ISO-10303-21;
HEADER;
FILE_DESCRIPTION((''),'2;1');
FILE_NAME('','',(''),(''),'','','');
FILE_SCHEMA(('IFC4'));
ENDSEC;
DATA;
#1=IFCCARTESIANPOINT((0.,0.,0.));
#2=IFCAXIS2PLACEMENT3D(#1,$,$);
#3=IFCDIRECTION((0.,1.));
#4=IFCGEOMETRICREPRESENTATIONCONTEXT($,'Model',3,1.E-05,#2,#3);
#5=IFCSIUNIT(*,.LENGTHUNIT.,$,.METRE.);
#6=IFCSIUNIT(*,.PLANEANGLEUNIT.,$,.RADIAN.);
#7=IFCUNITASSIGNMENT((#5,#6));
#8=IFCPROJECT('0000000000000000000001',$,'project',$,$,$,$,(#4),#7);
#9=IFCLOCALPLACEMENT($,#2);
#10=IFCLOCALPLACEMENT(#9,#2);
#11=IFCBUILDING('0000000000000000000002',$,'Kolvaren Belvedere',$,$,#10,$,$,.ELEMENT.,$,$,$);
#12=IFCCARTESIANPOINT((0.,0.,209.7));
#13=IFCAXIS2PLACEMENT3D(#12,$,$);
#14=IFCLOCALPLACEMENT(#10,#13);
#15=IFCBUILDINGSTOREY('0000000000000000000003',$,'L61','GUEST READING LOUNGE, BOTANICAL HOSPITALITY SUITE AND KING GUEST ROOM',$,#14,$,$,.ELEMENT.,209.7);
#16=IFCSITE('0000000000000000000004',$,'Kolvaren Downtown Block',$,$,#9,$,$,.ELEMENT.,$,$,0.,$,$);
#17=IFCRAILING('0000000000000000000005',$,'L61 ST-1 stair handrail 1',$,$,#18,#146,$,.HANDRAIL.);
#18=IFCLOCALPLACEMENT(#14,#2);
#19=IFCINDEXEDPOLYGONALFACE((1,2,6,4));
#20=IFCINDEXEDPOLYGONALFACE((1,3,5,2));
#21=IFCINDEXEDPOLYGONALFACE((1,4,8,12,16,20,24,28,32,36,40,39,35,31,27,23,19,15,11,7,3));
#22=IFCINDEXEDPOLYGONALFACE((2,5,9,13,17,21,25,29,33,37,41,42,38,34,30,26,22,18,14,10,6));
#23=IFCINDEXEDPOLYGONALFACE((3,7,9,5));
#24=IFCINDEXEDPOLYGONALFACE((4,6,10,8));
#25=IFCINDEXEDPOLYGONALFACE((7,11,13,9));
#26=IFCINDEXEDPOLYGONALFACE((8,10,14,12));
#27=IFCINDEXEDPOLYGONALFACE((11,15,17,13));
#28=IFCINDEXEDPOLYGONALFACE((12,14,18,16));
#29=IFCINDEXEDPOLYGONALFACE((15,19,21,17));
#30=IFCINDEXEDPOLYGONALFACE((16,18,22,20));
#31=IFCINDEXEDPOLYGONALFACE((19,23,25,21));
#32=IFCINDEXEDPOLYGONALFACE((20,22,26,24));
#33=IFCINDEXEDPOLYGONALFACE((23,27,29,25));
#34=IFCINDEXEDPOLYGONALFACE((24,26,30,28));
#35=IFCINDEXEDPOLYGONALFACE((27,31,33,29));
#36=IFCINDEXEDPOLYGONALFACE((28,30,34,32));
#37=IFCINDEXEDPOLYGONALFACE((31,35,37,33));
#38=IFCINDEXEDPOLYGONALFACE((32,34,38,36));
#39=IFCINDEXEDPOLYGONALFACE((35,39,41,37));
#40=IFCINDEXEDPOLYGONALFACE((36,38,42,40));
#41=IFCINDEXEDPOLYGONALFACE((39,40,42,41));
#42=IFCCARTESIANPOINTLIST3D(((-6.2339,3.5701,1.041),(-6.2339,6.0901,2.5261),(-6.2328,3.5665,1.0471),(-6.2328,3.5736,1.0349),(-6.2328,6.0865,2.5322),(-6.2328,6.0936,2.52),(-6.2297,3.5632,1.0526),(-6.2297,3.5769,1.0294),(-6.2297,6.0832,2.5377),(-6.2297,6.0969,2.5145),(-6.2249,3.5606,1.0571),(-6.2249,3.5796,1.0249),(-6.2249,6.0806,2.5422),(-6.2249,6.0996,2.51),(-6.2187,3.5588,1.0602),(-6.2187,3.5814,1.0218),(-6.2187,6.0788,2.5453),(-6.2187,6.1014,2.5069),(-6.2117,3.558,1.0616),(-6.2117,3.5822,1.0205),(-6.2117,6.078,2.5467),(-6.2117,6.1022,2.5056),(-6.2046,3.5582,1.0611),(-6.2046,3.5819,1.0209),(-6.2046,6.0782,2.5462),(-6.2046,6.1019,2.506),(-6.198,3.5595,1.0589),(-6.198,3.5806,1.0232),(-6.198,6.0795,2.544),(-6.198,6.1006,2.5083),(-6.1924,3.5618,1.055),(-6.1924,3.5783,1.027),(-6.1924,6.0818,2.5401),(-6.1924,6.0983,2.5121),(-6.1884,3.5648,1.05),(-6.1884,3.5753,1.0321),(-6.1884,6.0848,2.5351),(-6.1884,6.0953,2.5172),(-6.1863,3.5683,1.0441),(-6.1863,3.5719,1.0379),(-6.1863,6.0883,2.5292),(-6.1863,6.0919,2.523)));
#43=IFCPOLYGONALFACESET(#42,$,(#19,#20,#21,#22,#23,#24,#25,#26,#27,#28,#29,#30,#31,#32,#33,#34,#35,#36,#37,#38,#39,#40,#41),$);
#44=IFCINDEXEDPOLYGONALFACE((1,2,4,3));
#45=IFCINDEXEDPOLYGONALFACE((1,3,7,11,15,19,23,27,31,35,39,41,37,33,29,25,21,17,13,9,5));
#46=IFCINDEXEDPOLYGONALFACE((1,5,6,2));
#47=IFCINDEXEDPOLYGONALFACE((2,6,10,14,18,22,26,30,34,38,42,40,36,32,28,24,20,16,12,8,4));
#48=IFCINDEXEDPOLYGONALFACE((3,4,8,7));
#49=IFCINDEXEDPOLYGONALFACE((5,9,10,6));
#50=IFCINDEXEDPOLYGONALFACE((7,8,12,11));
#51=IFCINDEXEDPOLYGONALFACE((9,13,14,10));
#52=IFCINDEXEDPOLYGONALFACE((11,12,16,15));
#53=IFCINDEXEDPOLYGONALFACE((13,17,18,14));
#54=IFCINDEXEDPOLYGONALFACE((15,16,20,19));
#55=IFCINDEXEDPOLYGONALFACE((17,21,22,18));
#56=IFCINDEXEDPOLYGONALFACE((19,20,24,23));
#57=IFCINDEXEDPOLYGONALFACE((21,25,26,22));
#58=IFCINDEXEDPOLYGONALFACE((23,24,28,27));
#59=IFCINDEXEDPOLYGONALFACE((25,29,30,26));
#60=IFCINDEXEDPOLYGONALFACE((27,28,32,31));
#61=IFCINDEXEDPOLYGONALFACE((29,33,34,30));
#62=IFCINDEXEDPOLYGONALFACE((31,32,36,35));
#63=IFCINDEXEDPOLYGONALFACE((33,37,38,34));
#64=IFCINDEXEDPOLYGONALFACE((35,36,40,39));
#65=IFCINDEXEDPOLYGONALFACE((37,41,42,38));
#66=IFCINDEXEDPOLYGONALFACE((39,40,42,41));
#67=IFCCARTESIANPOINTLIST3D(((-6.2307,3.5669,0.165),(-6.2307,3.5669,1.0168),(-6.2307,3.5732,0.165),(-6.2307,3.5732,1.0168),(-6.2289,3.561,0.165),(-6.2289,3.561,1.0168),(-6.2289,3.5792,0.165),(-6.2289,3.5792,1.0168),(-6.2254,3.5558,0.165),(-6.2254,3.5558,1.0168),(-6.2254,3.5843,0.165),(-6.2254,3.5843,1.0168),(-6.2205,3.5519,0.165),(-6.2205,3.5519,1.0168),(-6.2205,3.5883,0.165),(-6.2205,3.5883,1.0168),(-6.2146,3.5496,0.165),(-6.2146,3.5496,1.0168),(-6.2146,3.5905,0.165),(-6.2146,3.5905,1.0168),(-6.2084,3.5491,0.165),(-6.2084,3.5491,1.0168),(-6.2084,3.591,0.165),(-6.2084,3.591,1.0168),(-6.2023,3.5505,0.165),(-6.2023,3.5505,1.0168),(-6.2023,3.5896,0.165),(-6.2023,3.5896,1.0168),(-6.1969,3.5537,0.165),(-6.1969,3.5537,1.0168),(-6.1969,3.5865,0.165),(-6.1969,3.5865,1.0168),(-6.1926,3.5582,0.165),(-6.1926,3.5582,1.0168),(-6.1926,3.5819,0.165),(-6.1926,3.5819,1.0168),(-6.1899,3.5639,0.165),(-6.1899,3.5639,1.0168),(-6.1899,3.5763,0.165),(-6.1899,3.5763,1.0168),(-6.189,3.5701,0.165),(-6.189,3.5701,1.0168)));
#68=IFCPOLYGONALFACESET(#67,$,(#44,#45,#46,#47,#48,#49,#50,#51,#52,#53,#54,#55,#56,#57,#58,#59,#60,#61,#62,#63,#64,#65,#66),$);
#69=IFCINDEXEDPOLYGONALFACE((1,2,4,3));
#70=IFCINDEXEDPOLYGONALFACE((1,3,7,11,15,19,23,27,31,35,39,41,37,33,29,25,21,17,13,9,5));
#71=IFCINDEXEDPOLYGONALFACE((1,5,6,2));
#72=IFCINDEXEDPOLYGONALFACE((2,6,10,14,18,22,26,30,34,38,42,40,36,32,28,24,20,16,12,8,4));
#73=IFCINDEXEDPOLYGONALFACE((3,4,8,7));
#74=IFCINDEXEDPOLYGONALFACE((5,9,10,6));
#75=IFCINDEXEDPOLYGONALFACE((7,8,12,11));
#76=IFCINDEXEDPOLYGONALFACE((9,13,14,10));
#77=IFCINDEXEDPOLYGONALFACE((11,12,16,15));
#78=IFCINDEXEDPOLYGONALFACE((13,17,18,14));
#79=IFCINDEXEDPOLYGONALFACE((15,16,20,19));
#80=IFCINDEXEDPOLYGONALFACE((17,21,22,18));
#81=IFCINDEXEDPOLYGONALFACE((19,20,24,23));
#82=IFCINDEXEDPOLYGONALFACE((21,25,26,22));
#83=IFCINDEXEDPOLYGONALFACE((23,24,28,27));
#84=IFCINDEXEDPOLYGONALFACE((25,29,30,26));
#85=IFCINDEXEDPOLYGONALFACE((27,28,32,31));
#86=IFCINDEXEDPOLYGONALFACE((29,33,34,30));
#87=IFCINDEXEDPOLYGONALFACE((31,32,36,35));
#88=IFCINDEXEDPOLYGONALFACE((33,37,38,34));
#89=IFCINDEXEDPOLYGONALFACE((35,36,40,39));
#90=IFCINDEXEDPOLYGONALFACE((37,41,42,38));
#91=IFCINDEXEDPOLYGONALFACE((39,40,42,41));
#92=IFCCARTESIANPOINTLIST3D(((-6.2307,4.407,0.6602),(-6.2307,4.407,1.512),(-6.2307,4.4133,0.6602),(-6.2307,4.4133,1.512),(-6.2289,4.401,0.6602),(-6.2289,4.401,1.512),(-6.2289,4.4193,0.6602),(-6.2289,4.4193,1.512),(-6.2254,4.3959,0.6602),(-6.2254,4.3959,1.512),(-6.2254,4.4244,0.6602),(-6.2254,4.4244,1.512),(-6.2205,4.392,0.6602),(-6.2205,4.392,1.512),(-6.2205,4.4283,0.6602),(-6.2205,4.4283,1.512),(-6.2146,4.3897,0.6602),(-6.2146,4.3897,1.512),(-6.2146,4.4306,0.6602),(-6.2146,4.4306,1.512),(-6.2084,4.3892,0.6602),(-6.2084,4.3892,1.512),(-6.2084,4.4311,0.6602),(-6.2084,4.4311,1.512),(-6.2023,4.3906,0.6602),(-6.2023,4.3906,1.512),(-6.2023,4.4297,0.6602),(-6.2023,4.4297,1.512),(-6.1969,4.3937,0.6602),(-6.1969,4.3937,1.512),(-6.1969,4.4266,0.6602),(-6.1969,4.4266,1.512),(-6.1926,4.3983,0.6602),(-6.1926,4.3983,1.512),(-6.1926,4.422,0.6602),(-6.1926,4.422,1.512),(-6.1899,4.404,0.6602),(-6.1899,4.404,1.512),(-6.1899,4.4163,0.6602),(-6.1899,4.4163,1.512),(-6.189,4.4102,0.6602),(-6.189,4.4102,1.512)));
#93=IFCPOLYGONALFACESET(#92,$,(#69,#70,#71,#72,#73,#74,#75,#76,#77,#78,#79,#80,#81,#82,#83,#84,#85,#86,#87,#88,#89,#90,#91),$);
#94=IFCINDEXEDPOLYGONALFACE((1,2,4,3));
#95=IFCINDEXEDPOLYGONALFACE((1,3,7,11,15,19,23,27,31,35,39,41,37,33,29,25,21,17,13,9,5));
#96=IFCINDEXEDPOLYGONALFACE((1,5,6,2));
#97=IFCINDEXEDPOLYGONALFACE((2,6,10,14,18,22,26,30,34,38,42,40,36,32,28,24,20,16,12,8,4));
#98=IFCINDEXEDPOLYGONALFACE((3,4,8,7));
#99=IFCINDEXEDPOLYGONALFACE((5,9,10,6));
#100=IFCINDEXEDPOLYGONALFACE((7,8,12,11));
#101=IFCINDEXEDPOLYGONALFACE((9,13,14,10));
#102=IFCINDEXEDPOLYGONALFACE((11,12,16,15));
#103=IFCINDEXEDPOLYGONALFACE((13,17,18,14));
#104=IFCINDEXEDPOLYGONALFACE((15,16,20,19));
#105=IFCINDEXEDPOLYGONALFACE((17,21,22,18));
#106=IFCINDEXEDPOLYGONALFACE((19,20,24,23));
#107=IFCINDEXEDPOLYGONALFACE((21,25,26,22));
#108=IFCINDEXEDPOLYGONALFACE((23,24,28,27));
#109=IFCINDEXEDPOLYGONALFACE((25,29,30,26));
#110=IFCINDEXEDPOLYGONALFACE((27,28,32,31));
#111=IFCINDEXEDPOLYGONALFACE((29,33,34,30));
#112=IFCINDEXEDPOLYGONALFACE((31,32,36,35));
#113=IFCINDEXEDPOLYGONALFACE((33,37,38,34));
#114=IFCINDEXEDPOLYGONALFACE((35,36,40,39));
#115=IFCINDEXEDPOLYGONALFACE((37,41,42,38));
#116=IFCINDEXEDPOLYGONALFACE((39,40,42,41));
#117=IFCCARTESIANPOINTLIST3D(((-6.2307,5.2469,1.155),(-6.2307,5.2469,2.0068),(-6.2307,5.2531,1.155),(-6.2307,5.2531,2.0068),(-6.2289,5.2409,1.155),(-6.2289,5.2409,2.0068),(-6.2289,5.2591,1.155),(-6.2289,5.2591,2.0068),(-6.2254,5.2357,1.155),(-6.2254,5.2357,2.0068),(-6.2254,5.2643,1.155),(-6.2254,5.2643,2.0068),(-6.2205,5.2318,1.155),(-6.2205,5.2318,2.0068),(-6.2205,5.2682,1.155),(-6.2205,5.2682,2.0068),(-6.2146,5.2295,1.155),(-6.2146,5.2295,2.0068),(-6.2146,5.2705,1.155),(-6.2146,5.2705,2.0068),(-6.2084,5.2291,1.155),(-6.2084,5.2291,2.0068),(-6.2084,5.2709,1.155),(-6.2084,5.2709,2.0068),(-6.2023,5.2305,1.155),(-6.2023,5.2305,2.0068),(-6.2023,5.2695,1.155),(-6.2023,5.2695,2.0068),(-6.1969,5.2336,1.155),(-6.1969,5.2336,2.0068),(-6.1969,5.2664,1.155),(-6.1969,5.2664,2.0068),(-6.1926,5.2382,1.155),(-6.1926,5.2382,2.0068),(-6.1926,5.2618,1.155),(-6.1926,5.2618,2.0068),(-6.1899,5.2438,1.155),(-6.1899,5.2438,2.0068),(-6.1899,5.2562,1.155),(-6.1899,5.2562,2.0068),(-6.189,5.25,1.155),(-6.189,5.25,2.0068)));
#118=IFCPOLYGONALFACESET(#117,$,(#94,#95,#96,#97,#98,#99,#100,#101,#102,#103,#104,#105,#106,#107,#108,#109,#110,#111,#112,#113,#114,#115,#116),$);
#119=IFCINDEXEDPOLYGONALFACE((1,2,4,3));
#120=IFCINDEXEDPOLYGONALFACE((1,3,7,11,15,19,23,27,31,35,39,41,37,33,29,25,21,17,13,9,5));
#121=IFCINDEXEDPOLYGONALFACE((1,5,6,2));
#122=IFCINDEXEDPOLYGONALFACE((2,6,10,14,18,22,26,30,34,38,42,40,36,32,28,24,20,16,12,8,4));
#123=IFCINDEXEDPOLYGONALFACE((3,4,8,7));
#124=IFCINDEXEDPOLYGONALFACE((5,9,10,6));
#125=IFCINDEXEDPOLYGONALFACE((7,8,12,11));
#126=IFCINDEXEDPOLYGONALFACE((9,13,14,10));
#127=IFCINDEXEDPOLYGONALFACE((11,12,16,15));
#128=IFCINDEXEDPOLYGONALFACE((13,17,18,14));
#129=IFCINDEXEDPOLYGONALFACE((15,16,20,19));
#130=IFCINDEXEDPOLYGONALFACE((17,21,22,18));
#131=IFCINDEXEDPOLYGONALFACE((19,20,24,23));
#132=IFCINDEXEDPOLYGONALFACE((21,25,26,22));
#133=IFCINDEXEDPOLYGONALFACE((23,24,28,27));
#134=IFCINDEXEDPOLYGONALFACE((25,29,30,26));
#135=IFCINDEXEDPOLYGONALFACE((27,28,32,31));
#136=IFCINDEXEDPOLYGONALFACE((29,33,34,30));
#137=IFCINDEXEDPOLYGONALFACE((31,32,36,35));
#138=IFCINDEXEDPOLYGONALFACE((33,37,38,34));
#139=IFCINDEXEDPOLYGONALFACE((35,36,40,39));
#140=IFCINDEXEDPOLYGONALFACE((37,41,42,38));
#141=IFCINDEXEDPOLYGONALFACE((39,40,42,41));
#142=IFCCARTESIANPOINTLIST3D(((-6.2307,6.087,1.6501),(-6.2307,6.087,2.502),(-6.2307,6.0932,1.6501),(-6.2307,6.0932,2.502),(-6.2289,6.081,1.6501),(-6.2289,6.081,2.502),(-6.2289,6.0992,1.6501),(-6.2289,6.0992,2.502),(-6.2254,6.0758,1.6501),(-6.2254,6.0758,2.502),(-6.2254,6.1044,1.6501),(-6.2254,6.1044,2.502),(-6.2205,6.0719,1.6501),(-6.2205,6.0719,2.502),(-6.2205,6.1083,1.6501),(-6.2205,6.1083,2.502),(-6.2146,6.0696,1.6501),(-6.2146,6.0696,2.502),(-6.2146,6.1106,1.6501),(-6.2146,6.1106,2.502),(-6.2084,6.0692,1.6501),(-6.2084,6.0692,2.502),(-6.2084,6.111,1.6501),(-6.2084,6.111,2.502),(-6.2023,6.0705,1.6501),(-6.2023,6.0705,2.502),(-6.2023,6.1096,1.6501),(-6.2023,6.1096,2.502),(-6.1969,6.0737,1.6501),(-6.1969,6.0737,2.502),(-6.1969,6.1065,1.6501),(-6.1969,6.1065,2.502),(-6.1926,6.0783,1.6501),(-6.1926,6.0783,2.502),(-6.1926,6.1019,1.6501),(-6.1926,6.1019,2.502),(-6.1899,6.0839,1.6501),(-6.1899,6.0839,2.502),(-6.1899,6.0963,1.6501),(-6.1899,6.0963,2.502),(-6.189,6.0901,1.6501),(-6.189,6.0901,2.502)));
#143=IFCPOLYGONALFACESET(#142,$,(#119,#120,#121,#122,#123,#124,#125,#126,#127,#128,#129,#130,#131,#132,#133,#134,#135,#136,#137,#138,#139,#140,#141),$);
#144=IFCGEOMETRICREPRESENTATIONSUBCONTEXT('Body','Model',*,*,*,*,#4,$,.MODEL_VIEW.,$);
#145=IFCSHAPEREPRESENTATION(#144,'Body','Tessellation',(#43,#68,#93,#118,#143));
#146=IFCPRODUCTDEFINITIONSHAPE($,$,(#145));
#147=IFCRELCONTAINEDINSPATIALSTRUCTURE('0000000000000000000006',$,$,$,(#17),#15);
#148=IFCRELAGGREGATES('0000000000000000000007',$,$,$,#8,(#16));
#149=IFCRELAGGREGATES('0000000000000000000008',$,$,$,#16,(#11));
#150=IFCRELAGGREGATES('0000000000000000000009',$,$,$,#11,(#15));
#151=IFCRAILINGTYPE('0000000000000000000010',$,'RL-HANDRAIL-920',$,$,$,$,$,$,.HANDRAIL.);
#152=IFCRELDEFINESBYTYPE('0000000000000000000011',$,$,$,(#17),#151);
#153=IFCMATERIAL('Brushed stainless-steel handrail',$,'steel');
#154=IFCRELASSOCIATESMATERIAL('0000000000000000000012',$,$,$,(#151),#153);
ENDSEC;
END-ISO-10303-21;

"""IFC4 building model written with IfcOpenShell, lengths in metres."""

from ifc_helpers import new_model, si_unit, direction, frame, origin, origin_2d, place, context, subcontext, project, spatial, circle, extrude, material, type_object, element, save


model = new_model("IFC4")

# Units and contexts
model_context = context("Model", 3, precision=1e-05, world=origin(), true_north=direction((0.0, 1.0)))
body_context = subcontext(model_context, "Body", "Model", "MODEL_VIEW")
ifc_project = project(units=[si_unit("LENGTHUNIT", "METRE"), si_unit("PLANEANGLEUNIT", "RADIAN")], contexts=[model_context])

# Site, building, storey
site_placement = place(None, origin())
site = spatial("IfcSite", under=ifc_project, at=site_placement, Name="Kolvaren Downtown Block", CompositionType="ELEMENT", RefElevation=0.0)
building_placement = place(site_placement, origin())
building = spatial("IfcBuilding", under=site, at=building_placement, Name="Kolvaren Belvedere", CompositionType="ELEMENT")
storey_placement = place(building_placement, frame((0.0, 0.0, 209.7)))
storey = spatial("IfcBuildingStorey", under=building, at=storey_placement, Name="L61", Description="GUEST READING LOUNGE, BOTANICAL HOSPITALITY SUITE AND KING GUEST ROOM", CompositionType="ELEMENT", Elevation=209.7)

# Railing
ifc_material_1 = material(Name="Brushed stainless-steel handrail", Category="steel")
railing_type_1 = type_object("IfcRailingType", Name="RL-HANDRAIL-920", PredefinedType="HANDRAIL", material=ifc_material_1)
railing_1_placement = place(storey_placement, frame((-6.21, 3.5701, 0.165)))
element("IfcRailing", 1, at=railing_1_placement, inside=storey, type_object=railing_type_1, Name="L61 ST-1 stair handrail 1", PredefinedType="HANDRAIL", context=body_context, shape_type="SweptSolid", body=[
    extrude(circle(Radius=0.0239, at=origin_2d()), frame((0.0, 0.0, 0.876), z_axis=(0.0, 0.861524, 0.507717), x_axis=(-1.0, 0.0, 0.0)), (0.0, 0.0, 1.0), 2.925),
    extrude(circle(Radius=0.021, at=origin_2d()), origin(), (0.0, 0.0, 1.0), 0.8518),
    extrude(circle(Radius=0.021, at=origin_2d()), frame((0.0, 0.8401, 0.4951)), (0.0, 0.0, 1.0), 0.8518),
    extrude(circle(Radius=0.021, at=origin_2d()), frame((0.0, 1.6799, 0.99)), (0.0, 0.0, 1.0), 0.8518),
    extrude(circle(Radius=0.021, at=origin_2d()), frame((0.0, 2.52, 1.4851)), (0.0, 0.0, 1.0), 0.8518),
])

save(model, "model.ifc")
